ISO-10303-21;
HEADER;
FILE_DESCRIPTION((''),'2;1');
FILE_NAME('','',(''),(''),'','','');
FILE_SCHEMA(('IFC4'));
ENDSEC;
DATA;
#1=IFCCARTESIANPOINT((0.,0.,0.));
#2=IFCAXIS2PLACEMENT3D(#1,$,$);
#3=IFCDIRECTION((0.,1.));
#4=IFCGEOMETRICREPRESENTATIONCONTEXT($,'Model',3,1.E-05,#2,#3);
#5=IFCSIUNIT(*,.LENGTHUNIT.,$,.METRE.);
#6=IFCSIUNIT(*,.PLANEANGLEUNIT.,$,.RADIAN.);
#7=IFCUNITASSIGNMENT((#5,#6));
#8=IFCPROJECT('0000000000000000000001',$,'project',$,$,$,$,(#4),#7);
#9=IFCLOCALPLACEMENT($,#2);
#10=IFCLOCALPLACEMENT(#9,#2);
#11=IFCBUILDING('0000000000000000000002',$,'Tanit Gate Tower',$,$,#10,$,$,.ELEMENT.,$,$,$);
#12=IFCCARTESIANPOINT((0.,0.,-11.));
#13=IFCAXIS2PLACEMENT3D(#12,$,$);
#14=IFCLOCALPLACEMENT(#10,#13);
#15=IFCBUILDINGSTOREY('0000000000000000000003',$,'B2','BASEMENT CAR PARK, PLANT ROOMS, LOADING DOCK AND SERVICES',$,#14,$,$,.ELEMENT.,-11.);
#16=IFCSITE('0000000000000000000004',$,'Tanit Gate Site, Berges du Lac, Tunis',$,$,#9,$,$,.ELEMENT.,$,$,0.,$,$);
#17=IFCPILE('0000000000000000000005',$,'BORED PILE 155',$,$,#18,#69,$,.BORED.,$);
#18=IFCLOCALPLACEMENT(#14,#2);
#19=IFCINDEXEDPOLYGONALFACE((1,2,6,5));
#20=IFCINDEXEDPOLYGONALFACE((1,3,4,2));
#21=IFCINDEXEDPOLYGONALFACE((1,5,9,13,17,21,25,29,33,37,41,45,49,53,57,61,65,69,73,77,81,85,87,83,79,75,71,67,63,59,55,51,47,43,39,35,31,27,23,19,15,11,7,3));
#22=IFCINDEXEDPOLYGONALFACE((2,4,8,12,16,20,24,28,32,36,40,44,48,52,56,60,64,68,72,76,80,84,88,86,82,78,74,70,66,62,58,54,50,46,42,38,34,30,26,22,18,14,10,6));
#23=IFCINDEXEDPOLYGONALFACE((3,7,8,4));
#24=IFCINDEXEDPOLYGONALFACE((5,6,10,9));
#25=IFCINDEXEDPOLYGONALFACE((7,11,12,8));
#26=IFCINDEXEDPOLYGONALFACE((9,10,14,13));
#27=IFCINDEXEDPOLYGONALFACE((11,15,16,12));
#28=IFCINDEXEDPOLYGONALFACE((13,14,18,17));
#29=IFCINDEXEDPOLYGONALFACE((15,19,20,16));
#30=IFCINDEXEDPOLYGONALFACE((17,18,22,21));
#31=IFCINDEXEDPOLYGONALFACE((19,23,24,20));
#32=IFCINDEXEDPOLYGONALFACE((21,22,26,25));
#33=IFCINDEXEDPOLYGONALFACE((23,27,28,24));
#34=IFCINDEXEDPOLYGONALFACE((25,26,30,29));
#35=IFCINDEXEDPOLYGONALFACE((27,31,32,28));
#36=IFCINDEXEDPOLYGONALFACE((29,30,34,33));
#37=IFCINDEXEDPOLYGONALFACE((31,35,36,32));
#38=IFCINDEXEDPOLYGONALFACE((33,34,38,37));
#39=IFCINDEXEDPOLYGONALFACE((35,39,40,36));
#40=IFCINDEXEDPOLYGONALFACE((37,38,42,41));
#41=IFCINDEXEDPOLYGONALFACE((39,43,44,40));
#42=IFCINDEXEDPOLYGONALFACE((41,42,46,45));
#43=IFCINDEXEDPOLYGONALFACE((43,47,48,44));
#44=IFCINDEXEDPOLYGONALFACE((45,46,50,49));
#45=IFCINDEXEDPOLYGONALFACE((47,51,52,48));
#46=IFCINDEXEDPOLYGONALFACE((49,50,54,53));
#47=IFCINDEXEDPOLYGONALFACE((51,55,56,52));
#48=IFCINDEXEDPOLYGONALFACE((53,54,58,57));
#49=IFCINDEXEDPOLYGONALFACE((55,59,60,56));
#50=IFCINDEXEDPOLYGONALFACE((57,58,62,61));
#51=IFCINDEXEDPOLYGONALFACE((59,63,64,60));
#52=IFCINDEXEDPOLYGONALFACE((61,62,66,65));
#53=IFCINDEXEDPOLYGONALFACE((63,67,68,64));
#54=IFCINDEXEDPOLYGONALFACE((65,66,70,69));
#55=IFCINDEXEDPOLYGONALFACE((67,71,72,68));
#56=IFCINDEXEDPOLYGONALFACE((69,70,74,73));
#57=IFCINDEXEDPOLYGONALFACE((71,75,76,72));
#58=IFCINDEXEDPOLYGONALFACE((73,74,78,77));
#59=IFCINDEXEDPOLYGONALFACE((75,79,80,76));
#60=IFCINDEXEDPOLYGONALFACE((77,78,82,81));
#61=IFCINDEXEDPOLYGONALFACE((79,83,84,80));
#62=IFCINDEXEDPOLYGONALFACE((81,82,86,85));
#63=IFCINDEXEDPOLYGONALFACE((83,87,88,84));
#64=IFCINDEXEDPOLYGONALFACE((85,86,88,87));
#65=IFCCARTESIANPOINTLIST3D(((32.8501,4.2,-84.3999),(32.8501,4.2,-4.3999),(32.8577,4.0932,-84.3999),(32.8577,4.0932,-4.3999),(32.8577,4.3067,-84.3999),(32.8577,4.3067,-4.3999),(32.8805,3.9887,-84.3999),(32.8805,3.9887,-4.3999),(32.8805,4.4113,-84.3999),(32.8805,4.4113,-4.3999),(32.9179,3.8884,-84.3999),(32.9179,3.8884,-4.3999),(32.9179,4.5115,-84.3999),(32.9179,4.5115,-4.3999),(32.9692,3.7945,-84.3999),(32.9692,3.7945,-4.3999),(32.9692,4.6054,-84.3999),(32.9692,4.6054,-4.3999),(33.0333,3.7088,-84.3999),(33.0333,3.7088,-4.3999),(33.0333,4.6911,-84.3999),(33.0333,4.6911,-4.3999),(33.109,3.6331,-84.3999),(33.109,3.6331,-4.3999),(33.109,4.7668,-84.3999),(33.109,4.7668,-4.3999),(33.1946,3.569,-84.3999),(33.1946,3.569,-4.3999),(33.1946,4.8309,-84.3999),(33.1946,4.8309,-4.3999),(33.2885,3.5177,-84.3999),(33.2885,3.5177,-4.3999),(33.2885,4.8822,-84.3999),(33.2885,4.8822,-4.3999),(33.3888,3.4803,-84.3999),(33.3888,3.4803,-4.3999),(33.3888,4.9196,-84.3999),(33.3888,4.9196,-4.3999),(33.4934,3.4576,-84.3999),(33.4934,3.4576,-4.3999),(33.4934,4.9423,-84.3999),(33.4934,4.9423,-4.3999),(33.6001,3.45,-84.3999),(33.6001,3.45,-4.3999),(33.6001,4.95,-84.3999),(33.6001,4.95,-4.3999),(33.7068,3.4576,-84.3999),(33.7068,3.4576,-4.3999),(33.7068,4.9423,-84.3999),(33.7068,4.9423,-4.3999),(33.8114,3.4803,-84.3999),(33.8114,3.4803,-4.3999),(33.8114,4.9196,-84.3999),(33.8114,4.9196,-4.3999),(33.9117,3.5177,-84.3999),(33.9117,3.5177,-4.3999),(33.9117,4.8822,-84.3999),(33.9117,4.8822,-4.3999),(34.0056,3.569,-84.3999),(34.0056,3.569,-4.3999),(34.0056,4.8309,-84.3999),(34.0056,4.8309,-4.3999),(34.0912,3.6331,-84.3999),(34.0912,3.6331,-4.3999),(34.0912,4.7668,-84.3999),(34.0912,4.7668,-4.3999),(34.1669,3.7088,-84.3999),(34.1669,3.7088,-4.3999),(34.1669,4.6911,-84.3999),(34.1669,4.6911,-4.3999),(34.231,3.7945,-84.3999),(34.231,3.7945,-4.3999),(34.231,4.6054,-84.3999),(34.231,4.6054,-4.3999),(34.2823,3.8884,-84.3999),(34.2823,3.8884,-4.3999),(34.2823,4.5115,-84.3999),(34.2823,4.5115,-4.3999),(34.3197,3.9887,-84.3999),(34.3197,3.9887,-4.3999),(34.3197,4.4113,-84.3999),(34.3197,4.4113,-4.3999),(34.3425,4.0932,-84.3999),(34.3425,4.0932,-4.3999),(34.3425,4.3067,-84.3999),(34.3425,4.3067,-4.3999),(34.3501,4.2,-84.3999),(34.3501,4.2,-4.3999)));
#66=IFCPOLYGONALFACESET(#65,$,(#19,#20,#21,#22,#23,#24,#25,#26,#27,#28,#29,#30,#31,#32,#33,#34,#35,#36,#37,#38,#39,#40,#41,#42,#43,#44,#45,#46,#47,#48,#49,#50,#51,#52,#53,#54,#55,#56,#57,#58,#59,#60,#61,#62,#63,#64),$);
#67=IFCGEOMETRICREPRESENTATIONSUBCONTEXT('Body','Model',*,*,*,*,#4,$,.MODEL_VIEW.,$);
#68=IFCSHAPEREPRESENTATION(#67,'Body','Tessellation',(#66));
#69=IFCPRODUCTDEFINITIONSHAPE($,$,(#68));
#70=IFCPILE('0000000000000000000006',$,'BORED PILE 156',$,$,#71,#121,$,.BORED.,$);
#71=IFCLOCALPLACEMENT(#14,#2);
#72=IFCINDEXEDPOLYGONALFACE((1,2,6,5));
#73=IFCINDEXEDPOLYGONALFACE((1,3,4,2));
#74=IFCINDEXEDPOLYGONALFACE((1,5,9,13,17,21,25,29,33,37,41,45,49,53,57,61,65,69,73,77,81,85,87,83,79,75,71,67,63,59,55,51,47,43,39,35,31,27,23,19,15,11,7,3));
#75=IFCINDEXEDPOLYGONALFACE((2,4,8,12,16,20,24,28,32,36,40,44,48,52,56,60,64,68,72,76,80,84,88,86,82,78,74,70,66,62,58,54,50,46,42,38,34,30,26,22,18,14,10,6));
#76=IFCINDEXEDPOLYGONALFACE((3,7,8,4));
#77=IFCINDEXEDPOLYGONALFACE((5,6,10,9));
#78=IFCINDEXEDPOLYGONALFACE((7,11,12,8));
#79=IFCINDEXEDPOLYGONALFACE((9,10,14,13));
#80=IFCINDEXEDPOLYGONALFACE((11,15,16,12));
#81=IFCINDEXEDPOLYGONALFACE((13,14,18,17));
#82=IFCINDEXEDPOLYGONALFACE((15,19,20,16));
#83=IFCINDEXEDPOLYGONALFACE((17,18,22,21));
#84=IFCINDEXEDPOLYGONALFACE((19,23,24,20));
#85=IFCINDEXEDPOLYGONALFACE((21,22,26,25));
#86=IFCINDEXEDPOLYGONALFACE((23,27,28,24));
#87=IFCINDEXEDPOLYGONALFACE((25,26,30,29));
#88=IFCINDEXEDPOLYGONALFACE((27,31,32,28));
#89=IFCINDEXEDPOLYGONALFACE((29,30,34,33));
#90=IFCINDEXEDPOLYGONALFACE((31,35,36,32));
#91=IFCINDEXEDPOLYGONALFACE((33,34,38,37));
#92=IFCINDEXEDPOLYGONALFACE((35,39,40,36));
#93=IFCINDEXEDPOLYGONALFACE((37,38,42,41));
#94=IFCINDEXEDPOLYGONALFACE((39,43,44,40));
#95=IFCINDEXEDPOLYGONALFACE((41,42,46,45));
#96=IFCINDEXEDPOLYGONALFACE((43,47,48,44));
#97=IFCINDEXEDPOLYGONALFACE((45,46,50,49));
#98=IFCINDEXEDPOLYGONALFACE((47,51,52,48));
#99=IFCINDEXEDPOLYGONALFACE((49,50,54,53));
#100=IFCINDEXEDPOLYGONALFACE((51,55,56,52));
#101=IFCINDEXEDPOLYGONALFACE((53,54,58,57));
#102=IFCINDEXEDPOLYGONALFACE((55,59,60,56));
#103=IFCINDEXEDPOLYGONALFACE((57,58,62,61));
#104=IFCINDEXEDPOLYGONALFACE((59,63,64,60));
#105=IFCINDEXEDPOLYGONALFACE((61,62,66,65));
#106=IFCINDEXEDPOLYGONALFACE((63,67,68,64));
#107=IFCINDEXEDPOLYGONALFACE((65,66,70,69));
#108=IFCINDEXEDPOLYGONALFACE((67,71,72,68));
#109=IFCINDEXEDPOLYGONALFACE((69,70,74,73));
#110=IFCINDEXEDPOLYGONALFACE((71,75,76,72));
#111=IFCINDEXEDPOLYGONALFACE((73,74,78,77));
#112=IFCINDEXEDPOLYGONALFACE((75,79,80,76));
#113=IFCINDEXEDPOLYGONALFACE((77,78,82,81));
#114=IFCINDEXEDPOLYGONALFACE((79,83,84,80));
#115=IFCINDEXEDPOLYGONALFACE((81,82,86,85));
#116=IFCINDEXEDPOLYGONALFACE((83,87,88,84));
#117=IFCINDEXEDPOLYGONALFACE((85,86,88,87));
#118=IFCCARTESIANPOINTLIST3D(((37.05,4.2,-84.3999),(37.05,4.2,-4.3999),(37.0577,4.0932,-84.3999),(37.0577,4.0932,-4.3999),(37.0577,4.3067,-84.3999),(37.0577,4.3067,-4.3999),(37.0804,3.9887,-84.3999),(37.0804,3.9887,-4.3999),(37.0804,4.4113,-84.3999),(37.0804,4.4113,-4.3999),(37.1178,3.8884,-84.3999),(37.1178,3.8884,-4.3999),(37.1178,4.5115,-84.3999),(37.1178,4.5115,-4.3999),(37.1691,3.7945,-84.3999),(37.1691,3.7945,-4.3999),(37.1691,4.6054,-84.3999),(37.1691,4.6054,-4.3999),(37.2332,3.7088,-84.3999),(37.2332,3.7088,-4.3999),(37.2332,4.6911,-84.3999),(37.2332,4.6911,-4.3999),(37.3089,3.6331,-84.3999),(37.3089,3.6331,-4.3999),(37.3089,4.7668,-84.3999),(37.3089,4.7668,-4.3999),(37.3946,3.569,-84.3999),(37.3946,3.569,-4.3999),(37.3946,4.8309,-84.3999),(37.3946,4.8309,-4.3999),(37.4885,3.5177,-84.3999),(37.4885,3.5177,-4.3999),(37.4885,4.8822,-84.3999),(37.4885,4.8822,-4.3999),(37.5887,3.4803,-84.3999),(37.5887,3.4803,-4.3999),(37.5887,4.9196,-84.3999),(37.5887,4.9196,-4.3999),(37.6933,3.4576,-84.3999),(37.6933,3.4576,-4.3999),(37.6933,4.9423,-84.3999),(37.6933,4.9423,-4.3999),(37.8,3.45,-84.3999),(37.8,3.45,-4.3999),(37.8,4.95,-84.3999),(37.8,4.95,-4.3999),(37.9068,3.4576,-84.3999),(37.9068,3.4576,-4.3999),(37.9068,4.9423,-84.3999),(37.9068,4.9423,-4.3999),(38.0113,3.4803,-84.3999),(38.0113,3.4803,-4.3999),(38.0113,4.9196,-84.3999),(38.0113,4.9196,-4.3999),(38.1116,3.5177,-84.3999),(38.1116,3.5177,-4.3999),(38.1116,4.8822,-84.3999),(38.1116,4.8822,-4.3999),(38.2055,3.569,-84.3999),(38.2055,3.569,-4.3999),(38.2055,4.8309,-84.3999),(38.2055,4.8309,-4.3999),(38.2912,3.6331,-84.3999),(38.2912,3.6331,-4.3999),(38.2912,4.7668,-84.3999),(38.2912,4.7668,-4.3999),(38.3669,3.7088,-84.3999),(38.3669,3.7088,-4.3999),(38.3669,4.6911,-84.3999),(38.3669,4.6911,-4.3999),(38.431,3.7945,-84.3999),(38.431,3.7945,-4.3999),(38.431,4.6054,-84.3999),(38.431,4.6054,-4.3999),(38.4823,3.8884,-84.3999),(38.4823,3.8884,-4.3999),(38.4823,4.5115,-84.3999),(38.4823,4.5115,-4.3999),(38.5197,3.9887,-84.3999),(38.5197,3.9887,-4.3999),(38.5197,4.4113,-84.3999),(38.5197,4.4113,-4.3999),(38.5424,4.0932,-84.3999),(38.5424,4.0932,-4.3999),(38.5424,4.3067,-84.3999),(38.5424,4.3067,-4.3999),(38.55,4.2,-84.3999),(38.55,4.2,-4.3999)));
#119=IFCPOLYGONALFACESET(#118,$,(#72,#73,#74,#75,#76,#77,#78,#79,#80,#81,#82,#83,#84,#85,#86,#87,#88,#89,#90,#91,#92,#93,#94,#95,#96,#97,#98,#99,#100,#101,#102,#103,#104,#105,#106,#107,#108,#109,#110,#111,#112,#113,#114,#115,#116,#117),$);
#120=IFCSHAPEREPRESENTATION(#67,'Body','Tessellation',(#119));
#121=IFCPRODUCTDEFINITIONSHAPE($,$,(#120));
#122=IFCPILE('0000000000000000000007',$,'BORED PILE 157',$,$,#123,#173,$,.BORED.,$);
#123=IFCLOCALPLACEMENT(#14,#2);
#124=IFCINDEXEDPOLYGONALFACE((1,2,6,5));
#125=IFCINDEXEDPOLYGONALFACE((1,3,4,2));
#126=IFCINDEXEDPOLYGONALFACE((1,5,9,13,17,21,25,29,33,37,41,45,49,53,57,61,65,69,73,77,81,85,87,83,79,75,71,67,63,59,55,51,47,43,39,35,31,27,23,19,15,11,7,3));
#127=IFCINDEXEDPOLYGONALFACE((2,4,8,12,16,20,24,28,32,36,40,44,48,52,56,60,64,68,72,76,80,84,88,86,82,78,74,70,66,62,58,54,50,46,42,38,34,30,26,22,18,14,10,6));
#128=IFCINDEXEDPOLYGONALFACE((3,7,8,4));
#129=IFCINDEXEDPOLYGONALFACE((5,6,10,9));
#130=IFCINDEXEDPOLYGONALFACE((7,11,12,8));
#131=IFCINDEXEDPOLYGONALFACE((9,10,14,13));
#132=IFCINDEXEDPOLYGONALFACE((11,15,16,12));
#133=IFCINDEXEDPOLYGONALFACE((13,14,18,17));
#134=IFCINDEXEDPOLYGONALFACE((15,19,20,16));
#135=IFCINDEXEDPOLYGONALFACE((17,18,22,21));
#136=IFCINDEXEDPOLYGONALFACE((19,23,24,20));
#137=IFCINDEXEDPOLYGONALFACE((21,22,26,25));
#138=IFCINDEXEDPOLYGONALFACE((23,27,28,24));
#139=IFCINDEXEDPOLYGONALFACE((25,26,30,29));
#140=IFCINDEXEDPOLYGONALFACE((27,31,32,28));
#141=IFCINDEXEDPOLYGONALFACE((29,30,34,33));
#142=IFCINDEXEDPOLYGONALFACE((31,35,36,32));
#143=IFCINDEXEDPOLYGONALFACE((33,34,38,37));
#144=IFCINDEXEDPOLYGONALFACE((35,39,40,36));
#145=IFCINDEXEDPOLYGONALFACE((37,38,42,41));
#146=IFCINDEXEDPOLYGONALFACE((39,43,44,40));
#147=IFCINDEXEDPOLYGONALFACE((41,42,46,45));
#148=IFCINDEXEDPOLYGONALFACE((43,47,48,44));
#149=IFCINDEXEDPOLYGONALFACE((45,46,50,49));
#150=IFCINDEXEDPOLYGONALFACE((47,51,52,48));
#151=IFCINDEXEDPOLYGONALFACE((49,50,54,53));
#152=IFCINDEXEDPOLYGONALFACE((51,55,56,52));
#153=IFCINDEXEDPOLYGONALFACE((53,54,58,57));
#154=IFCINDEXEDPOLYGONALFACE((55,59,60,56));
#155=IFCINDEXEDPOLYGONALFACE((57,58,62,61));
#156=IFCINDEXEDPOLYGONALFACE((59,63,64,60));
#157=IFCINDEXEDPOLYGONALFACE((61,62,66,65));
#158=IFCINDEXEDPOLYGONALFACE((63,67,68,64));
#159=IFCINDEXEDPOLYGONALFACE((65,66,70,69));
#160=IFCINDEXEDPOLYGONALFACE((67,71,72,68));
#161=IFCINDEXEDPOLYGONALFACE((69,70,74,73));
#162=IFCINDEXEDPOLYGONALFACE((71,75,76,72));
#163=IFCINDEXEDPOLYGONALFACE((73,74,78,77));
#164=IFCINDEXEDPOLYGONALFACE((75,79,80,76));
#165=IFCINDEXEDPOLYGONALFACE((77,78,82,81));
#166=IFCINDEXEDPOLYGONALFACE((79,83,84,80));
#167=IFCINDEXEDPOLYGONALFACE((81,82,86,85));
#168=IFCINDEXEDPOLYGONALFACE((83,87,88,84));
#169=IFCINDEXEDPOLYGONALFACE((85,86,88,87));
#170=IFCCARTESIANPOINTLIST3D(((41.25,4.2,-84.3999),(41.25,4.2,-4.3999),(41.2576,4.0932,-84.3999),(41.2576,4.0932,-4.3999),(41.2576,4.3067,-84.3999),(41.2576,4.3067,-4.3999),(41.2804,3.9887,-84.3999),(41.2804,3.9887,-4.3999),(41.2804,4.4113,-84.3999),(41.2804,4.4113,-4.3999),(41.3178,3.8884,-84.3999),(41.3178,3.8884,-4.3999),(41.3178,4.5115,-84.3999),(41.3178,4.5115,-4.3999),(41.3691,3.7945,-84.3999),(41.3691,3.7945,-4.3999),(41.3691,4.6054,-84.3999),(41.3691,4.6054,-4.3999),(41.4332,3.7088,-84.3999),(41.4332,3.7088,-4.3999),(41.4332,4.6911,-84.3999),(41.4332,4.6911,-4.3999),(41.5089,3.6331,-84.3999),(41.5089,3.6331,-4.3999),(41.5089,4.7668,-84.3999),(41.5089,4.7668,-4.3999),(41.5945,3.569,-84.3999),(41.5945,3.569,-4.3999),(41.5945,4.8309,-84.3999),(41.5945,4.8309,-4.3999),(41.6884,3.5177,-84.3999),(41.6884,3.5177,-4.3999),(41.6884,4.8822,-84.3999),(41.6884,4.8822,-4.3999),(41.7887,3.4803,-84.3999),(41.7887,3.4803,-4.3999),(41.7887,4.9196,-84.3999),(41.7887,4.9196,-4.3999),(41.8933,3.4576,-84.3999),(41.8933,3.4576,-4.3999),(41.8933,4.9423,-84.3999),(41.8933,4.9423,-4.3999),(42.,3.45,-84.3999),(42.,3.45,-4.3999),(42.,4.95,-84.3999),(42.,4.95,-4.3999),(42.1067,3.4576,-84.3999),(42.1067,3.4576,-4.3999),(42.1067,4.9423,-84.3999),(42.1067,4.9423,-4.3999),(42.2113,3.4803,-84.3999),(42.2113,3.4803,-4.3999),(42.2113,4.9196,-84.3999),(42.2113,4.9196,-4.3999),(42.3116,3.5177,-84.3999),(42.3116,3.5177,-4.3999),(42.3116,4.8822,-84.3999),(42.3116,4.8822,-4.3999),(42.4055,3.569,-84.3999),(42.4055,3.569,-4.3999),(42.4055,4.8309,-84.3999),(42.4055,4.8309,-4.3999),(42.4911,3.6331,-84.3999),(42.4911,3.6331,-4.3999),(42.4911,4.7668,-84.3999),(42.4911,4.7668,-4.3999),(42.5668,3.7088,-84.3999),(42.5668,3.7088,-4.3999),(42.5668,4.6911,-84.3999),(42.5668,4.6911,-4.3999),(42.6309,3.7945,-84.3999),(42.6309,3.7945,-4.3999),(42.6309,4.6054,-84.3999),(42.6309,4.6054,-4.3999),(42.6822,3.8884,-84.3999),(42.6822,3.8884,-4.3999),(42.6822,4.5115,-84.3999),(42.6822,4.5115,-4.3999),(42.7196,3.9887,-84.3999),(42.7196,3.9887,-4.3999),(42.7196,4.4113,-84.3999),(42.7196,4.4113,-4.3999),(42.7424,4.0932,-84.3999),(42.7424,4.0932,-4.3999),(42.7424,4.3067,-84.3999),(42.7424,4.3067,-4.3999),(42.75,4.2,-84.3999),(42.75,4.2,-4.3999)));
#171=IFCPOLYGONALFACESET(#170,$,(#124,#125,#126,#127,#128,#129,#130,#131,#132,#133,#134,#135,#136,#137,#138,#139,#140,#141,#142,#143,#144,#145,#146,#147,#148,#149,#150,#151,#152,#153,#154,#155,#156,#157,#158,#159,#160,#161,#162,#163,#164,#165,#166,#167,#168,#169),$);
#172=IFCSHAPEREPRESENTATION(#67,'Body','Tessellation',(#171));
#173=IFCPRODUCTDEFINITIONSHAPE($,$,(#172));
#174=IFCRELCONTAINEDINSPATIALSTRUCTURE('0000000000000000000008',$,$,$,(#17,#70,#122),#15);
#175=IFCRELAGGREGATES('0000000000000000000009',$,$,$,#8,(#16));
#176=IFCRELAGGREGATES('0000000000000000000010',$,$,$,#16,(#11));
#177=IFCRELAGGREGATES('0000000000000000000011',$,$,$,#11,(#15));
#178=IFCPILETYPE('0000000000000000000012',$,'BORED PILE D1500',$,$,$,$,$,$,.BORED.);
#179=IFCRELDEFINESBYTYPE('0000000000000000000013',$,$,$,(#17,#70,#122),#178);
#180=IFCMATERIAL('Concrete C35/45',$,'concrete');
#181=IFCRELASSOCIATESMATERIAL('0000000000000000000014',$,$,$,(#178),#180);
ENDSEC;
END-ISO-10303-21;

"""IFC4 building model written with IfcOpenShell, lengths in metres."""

from ifc_helpers import new_model, si_unit, direction, frame, origin, origin_2d, place, context, subcontext, project, spatial, circle, extrude, material, material_profile, profile_set, type_object, element, save


model = new_model("IFC4")

# Units and contexts
model_context = context("Model", 3, precision=1e-05, world=origin(), true_north=direction((0.0, 1.0)))
body_context = subcontext(model_context, "Body", "Model", "MODEL_VIEW")
ifc_project = project(units=[si_unit("LENGTHUNIT", "METRE"), si_unit("PLANEANGLEUNIT", "RADIAN")], contexts=[model_context])

# Site, building, storey
site_placement = place(None, origin())
site = spatial("IfcSite", under=ifc_project, at=site_placement, Name="Tanit Gate Site, Berges du Lac, Tunis", CompositionType="ELEMENT", RefElevation=0.0)
building_placement = place(site_placement, origin())
building = spatial("IfcBuilding", under=site, at=building_placement, Name="Tanit Gate Tower", CompositionType="ELEMENT")
storey_placement = place(building_placement, frame((0.0, 0.0, -11.0)))
storey = spatial("IfcBuildingStorey", under=building, at=storey_placement, Name="B2", Description="BASEMENT CAR PARK, PLANT ROOMS, LOADING DOCK AND SERVICES", CompositionType="ELEMENT", Elevation=-11.0)

# Piles
ifc_material_1 = material(Name="Concrete C35/45", Category="concrete")
ifc_material_profile_1 = material_profile(ifc_material_1, circle(Radius=0.75, at=origin_2d()), Name="BORED PILE D1500 C35/45")
ifc_profile_set_1 = profile_set([ifc_material_profile_1], Name="Concrete C35/45")
pile_type = type_object("IfcPileType", Name="BORED PILE D1500", PredefinedType="BORED", material=ifc_profile_set_1)
for number, where, z_axis, x_axis, name in (
    (1, (33.6001, 4.2, -4.3999), (0.0, 0.0, -1.0), (1.0, 0.0, 0.0), "BORED PILE 155"),
    (2, (37.8, 4.2, -4.3999), (0.0, 0.0, -1.0), (1.0, 0.0, 0.0), "BORED PILE 156"),
    (3, (42.0, 4.2, -4.3999), (0.0, 0.0, -1.0), (1.0, 0.0, 0.0), "BORED PILE 157"),
):
    element("IfcPile", number, at=place(storey_placement, frame(where, z_axis=z_axis, x_axis=x_axis)), inside=storey, type_object=pile_type, Name=name, PredefinedType="BORED", context=body_context, shape_type="SweptSolid", body=[
        extrude(circle(Radius=0.75, at=origin_2d()), origin(), (0.0, 0.0, 1.0), 80.0),
    ])

save(model, "model.ifc")
